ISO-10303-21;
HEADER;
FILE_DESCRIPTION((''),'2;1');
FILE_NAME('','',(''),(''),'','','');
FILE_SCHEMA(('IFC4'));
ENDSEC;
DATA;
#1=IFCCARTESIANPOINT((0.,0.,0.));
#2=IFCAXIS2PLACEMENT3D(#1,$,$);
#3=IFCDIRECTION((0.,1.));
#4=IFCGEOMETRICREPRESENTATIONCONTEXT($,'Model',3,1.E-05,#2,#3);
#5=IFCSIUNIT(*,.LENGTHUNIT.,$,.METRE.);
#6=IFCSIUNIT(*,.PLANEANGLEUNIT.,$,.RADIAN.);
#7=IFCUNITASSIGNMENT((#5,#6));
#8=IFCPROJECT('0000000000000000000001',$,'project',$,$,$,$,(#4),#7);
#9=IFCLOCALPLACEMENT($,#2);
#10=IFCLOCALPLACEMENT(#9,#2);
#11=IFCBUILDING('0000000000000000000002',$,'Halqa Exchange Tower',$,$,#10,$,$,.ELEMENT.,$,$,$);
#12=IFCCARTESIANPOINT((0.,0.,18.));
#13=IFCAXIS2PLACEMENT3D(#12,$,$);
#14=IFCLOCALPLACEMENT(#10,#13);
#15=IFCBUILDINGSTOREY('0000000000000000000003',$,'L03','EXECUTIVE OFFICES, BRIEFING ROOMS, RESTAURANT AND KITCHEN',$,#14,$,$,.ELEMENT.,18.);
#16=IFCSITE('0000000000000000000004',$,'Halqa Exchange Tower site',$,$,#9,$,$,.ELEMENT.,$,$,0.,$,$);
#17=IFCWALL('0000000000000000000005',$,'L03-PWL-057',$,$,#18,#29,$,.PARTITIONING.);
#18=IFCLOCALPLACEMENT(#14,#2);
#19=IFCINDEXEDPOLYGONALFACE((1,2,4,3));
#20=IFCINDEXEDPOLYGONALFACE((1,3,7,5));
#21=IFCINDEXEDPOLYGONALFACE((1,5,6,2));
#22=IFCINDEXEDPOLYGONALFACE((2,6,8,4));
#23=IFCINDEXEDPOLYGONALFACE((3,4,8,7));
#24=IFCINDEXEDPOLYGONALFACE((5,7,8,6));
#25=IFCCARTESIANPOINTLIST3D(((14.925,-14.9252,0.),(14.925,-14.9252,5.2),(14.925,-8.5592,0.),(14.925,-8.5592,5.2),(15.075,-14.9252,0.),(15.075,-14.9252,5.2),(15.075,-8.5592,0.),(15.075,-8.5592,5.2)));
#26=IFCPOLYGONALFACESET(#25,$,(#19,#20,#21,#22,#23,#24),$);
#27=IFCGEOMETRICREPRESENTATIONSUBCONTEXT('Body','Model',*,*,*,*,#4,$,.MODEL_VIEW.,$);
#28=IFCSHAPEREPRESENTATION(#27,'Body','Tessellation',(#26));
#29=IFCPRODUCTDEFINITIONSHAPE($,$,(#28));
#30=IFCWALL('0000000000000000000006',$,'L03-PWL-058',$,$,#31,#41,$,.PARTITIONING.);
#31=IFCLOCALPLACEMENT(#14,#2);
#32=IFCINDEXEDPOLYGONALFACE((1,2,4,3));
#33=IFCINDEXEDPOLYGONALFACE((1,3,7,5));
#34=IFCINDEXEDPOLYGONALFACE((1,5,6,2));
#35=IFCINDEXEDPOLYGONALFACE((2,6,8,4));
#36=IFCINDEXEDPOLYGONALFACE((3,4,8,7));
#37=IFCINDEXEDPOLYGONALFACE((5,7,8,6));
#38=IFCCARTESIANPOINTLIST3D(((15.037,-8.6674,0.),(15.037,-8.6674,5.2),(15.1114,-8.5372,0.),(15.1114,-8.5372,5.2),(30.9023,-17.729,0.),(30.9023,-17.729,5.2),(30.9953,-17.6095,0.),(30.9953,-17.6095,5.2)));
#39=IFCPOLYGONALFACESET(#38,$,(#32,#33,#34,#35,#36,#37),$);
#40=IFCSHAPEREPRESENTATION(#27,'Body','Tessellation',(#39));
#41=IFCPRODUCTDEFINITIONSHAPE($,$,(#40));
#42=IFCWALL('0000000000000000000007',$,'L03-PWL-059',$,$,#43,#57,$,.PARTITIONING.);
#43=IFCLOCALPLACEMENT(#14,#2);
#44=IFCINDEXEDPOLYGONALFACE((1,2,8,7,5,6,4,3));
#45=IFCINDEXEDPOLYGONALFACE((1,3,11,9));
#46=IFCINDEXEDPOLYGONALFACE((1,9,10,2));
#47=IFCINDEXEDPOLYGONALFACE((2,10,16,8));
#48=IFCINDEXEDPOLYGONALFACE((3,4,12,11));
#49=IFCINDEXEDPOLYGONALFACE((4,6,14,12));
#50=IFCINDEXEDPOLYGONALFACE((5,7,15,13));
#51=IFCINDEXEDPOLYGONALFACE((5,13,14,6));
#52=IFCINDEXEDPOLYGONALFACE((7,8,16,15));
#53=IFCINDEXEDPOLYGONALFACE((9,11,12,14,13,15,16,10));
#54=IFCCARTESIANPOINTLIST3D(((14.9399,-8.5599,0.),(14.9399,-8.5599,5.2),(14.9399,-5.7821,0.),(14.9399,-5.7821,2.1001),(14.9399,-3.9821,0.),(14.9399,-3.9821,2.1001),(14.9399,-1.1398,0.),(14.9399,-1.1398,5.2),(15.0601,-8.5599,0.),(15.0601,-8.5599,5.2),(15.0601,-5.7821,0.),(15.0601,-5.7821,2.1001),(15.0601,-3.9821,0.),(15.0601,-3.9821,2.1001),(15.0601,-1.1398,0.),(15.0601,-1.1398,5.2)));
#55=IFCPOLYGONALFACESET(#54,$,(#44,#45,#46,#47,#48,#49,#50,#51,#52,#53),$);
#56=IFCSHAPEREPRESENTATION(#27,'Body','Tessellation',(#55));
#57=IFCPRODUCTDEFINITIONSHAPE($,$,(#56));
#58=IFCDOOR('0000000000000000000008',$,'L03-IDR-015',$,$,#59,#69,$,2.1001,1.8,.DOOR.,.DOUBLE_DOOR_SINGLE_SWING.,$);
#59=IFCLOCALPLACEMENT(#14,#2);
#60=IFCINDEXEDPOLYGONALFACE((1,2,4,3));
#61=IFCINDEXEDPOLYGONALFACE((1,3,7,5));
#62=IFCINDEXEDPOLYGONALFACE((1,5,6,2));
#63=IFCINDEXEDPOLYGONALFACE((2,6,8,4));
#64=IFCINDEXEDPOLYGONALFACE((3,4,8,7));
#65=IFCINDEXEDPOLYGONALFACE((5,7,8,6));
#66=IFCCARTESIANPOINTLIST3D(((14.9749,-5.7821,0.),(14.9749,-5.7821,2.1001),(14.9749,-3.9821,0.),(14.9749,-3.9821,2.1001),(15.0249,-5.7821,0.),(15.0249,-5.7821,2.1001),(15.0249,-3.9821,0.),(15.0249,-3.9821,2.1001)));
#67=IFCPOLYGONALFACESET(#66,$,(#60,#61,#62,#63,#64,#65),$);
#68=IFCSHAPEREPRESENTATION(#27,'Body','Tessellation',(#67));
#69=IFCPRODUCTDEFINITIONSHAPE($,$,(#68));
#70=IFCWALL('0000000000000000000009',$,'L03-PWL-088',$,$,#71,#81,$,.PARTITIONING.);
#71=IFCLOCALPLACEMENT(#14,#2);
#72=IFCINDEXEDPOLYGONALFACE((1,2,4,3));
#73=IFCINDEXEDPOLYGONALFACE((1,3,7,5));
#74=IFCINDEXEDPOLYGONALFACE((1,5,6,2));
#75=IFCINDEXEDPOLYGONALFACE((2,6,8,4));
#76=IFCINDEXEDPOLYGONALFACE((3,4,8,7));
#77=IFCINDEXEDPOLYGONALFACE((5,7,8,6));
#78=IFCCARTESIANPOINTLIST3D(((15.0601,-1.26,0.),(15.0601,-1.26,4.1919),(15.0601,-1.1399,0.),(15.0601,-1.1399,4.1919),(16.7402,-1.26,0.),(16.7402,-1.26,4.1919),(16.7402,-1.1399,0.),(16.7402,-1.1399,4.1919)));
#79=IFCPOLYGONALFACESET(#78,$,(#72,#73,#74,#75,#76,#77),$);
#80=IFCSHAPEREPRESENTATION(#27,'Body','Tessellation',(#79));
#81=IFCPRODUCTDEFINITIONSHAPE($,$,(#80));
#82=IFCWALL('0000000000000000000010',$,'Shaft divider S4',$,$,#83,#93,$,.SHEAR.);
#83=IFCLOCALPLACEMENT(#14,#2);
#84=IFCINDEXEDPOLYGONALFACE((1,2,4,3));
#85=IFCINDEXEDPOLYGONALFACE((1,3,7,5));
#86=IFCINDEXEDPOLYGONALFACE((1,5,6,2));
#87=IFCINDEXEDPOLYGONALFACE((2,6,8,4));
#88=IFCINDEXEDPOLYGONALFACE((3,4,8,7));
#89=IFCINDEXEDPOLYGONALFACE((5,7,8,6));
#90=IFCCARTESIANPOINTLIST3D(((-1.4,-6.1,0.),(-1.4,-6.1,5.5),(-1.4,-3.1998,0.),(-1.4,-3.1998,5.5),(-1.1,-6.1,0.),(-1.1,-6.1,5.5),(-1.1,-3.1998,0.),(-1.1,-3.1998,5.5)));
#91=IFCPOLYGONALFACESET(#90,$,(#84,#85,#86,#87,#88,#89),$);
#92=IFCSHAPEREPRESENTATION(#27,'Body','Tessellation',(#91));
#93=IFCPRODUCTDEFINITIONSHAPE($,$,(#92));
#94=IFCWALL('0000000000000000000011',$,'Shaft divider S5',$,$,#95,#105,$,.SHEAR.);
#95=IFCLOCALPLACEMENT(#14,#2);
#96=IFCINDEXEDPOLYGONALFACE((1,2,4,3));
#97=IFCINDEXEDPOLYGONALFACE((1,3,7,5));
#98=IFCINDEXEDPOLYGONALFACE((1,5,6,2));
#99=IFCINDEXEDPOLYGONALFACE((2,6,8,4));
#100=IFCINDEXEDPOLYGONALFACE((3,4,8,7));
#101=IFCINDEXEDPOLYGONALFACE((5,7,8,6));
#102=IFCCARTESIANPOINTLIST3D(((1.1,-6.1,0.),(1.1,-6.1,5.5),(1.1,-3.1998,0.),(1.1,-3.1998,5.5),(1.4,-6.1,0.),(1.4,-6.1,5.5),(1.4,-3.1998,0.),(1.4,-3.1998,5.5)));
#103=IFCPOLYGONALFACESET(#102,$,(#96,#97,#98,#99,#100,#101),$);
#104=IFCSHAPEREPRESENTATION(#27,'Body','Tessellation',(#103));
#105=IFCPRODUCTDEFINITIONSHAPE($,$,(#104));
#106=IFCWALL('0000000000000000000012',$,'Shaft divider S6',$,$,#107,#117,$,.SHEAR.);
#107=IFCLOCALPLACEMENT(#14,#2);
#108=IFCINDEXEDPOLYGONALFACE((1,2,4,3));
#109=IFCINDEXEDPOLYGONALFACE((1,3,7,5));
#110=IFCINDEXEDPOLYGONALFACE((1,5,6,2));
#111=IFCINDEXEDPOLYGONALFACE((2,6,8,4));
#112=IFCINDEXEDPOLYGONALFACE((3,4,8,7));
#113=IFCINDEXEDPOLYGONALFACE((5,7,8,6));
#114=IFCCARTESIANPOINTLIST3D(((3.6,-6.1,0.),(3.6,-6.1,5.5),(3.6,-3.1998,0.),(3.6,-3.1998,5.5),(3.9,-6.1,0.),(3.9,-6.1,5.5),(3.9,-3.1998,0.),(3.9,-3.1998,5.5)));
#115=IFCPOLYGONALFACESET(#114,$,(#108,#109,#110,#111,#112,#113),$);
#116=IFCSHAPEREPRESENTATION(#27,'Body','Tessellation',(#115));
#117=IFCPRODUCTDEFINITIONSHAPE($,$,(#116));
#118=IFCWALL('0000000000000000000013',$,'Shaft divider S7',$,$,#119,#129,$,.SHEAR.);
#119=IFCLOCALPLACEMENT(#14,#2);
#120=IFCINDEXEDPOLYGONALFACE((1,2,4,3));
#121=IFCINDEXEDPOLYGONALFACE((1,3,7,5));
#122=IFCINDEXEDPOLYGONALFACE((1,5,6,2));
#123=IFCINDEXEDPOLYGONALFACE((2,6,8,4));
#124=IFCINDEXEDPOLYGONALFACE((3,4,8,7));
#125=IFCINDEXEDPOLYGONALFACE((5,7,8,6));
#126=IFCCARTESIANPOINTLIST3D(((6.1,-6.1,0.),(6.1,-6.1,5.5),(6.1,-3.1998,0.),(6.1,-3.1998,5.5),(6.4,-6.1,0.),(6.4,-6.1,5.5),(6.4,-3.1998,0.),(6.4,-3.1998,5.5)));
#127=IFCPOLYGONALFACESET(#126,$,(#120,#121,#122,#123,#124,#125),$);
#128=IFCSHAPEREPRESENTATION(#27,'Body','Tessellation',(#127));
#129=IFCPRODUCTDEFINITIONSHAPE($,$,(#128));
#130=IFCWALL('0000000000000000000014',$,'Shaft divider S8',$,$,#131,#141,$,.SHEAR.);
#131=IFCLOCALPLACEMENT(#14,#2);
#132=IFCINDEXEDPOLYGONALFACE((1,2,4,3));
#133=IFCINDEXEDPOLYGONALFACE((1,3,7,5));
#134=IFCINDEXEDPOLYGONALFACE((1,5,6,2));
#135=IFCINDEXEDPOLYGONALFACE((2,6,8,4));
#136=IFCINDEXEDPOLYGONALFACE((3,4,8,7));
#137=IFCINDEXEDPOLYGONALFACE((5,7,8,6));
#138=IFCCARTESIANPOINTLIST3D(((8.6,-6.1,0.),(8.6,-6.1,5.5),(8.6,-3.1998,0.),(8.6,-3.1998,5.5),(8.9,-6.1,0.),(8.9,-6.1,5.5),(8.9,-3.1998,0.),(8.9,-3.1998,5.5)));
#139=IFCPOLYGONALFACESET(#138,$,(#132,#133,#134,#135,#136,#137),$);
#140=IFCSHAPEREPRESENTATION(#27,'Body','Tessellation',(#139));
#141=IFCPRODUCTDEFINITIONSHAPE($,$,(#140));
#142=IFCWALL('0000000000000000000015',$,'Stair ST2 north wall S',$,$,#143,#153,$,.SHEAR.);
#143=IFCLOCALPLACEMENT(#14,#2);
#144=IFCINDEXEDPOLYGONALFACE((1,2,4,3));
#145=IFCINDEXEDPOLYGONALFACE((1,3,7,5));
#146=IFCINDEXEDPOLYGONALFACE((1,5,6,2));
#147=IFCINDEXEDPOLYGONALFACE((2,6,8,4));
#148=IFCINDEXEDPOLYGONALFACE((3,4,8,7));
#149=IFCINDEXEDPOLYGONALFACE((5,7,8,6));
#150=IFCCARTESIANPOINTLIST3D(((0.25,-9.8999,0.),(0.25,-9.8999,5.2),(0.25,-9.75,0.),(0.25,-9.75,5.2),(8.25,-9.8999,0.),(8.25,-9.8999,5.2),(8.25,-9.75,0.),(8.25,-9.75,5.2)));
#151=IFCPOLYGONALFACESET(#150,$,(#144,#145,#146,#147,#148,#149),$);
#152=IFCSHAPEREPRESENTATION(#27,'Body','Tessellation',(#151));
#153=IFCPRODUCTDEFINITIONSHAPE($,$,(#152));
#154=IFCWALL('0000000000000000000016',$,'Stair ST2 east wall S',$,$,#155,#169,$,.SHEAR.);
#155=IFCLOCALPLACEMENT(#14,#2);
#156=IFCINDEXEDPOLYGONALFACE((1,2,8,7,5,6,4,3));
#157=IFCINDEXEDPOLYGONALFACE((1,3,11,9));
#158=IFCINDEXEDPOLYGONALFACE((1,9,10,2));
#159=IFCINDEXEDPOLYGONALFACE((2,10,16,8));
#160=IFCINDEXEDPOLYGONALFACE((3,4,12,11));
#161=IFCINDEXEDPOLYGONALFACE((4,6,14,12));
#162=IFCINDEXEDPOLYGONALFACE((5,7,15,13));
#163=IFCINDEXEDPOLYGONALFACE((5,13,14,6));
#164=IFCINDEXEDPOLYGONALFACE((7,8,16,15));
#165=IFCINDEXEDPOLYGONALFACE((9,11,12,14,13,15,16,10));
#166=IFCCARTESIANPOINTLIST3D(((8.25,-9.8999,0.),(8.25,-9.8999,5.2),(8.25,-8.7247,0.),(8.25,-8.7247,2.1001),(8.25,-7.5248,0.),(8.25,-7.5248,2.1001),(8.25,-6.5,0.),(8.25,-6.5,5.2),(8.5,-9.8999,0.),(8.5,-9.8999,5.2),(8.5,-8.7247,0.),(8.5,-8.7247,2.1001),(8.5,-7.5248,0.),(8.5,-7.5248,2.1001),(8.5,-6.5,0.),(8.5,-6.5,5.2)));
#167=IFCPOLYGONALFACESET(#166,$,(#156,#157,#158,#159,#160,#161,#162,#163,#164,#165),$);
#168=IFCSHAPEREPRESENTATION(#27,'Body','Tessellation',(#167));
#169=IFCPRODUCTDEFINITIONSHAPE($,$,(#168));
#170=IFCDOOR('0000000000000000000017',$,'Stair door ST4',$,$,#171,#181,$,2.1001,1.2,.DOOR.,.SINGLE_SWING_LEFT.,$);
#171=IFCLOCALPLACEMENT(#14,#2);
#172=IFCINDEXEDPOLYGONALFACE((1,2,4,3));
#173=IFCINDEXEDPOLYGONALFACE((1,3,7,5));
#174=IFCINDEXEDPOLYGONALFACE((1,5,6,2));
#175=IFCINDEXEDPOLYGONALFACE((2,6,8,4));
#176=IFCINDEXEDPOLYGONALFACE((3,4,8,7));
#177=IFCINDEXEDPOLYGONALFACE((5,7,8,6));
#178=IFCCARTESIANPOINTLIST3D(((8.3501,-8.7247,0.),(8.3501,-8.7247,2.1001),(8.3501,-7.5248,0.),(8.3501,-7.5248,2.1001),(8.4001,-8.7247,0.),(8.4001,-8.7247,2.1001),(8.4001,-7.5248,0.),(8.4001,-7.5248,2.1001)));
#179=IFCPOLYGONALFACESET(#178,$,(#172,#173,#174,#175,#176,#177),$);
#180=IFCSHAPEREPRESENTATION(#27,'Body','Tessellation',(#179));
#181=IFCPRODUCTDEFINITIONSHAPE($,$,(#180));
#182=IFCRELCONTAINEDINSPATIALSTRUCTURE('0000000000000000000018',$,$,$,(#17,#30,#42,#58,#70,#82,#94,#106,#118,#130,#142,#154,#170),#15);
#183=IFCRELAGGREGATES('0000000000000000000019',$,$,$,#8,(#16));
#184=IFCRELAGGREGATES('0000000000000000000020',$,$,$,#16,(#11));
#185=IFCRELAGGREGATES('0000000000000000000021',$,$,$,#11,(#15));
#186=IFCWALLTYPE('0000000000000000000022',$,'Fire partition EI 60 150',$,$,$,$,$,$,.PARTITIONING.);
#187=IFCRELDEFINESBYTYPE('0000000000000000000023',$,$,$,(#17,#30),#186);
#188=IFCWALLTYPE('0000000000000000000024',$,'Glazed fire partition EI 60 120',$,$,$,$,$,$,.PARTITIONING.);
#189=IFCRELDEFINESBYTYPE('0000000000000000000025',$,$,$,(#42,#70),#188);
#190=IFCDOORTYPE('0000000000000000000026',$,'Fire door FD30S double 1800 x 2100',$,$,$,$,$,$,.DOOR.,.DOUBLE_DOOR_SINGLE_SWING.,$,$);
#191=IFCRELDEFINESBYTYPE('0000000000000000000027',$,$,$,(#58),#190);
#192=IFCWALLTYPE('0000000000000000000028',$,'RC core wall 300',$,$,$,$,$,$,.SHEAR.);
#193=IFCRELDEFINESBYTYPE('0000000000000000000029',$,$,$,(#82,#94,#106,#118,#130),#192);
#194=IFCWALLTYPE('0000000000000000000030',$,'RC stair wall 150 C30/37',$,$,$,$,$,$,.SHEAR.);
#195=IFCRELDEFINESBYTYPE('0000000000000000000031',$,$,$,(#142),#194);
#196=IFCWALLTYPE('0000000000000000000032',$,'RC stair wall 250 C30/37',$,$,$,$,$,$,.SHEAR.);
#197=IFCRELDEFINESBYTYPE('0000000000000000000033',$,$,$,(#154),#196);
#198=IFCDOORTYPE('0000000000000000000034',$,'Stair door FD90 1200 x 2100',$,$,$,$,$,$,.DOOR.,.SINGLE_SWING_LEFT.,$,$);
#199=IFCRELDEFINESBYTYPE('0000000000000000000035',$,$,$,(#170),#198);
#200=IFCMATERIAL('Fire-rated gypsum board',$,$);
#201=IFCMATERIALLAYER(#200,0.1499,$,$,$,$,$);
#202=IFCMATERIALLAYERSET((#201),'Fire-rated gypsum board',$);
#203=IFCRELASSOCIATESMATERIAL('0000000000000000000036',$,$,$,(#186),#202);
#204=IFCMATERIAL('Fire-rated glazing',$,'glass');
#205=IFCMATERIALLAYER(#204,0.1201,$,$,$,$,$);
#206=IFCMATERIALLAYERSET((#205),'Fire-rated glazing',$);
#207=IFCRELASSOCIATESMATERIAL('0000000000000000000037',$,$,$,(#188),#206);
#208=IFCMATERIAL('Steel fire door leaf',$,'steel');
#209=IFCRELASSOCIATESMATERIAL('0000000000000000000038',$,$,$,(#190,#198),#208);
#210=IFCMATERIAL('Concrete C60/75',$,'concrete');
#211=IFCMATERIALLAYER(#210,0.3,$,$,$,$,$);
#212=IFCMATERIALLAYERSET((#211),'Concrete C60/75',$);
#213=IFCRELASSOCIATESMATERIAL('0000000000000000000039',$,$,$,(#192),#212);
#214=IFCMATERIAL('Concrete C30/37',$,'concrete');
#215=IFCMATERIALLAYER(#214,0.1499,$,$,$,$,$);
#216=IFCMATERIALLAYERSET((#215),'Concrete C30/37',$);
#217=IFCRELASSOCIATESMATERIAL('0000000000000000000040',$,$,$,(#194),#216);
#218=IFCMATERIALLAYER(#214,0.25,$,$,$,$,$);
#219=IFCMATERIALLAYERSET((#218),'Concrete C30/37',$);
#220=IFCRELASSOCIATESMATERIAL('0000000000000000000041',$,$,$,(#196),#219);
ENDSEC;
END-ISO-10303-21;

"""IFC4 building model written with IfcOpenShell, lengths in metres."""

from ifc_helpers import new_model, si_unit, direction, frame, frame_2d, origin, place, context, subcontext, project, spatial, polyline, rectangle, outline, extrude, material, layer, layer_set, type_object, element, fill, save


model = new_model("IFC4")

# Units and contexts
model_context = context("Model", 3, precision=1e-05, world=origin(), true_north=direction((0.0, 1.0)))
body_context = subcontext(model_context, "Body", "Model", "MODEL_VIEW")
ifc_project = project(units=[si_unit("LENGTHUNIT", "METRE"), si_unit("PLANEANGLEUNIT", "RADIAN")], contexts=[model_context])

# Site, building, storey
site_placement = place(None, origin())
site = spatial("IfcSite", under=ifc_project, at=site_placement, Name="Halqa Exchange Tower site", CompositionType="ELEMENT", RefElevation=0.0)
building_placement = place(site_placement, origin())
building = spatial("IfcBuilding", under=site, at=building_placement, Name="Halqa Exchange Tower", CompositionType="ELEMENT")
storey_placement = place(building_placement, frame((0.0, 0.0, 18.0)))
storey = spatial("IfcBuildingStorey", under=building, at=storey_placement, Name="L03", Description="EXECUTIVE OFFICES, BRIEFING ROOMS, RESTAURANT AND KITCHEN", CompositionType="ELEMENT", Elevation=18.0)

# Shared definitions
ifc_material_1 = material(Name="Concrete C60/75", Category="concrete")

# Walls
ifc_material_2 = material(Name="Fire-rated gypsum board")
ifc_layer_1 = layer(ifc_material_2, 0.1499)
ifc_layer_set_1 = layer_set([ifc_layer_1], Name="Fire-rated gypsum board")
wall_type_1 = type_object("IfcWallType", Name="Fire partition EI 60 150", PredefinedType="PARTITIONING", material=ifc_layer_set_1)
wall_1_placement = place(storey_placement, frame((15.0, -8.5591, 0.0), z_axis=(0.0, 0.0, 1.0), x_axis=(0.0, -1.0, 0.0)))
element("IfcWall", 1, at=wall_1_placement, inside=storey, type_object=wall_type_1, Name="L03-PWL-057", PredefinedType="PARTITIONING", context=body_context, shape_type="SweptSolid", body=[
    extrude(rectangle(XDim=6.366, YDim=0.1499, at=frame_2d((3.1831, 0.0))), origin(), (0.0, 0.0, 1.0), 5.2),
])
wall_2_placement = place(storey_placement, frame((15.0742, -8.6023, 0.0), z_axis=(0.0, 0.0, 1.0), x_axis=(0.868343, -0.495963, 0.0)))
element("IfcWall", 2, at=wall_2_placement, inside=storey, type_object=wall_type_1, Name="L03-PWL-058", PredefinedType="PARTITIONING", context=body_context, shape_type="SweptSolid", body=[
    extrude(outline(polyline([(0.0, -0.075), (18.2708, -0.075), (18.2922, 0.075), (0.0, 0.075), (0.0, -0.075)])), origin(), (0.0, 0.0, 1.0), 5.2),
])

# Wall, opening, door
ifc_material_3 = material(Name="Fire-rated glazing", Category="glass")
ifc_layer_2 = layer(ifc_material_3, 0.1201)
ifc_layer_set_2 = layer_set([ifc_layer_2], Name="Fire-rated glazing")
wall_type_2 = type_object("IfcWallType", Name="Glazed fire partition EI 60 120", PredefinedType="PARTITIONING", material=ifc_layer_set_2)
wall_3_placement = place(storey_placement, frame((15.0, -1.1399, 0.0), z_axis=(0.0, 0.0, 1.0), x_axis=(0.0, -1.0, 0.0)))
wall_3 = element("IfcWall", 3, at=wall_3_placement, inside=storey, type_object=wall_type_2, Name="L03-PWL-059", PredefinedType="PARTITIONING", context=body_context, shape_type="SweptSolid", body=[
    extrude(rectangle(XDim=7.4202, YDim=0.1201, at=frame_2d((3.71, 0.0))), origin(), (0.0, 0.0, 1.0), 5.2),
])
opening_1_placement = place(wall_3_placement, frame((2.8423, 0.0, 0.0)))
opening_1 = element("IfcOpeningElement", 4, at=opening_1_placement, cuts=wall_3, PredefinedType="OPENING", context=body_context, shape_type="SweptSolid", body=[
    extrude(rectangle(XDim=1.8, YDim=2.1001, at=frame_2d((0.8999, 1.05))), frame((0.0, 0.072, 0.0), z_axis=(0.0, -1.0, 0.0), x_axis=(1.0, 0.0, 0.0)), (0.0, 0.0, 1.0), 0.144),
])
ifc_material_4 = material(Name="Steel fire door leaf", Category="steel")
door_type_1 = type_object("IfcDoorType", Name="Fire door FD30S double 1800 x 2100", OperationType="DOUBLE_DOOR_SINGLE_SWING", PredefinedType="DOOR", material=ifc_material_4)
door_1_placement = place(opening_1_placement, origin())
door_1 = element("IfcDoor", 5, at=door_1_placement, inside=storey, type_object=door_type_1, Name="L03-IDR-015", OperationType="DOUBLE_DOOR_SINGLE_SWING", OverallHeight=2.1001, OverallWidth=1.8, PredefinedType="DOOR", context=body_context, shape_type="SweptSolid", body=[
    extrude(rectangle(XDim=1.8, YDim=2.1001, at=frame_2d((0.8999, 1.05))), frame((0.0, 0.0249, 0.0), z_axis=(0.0, -1.0, 0.0), x_axis=(1.0, 0.0, 0.0)), (0.0, 0.0, 1.0), 0.05),
])
fill(opening_1, door_1)

# Walls
wall_4_placement = place(storey_placement, frame((16.7402, -1.2, 0.0), z_axis=(0.0, 0.0, 1.0), x_axis=(-1.0, 0.0, 0.0)))
element("IfcWall", 6, at=wall_4_placement, inside=storey, type_object=wall_type_2, Name="L03-PWL-088", PredefinedType="PARTITIONING", context=body_context, shape_type="SweptSolid", body=[
    extrude(rectangle(XDim=1.6802, YDim=0.1201, at=frame_2d((0.8401, 0.0))), origin(), (0.0, 0.0, 1.0), 4.1919),
])
ifc_layer_3 = layer(ifc_material_1, 0.3)
ifc_layer_set_3 = layer_set([ifc_layer_3], Name="Concrete C60/75")
wall_type_3 = type_object("IfcWallType", Name="RC core wall 300", PredefinedType="SHEAR", material=ifc_layer_set_3)
for number, where, z_axis, x_axis, name in (
    (7, (-1.25, -6.1001, 0.0), (0.0, 0.0, 1.0), (0.0, 1.0, 0.0), "Shaft divider S4"),
    (8, (1.25, -6.1001, 0.0), (0.0, 0.0, 1.0), (0.0, 1.0, 0.0), "Shaft divider S5"),
    (9, (3.75, -6.1001, 0.0), (0.0, 0.0, 1.0), (0.0, 1.0, 0.0), "Shaft divider S6"),
    (10, (6.25, -6.1001, 0.0), (0.0, 0.0, 1.0), (0.0, 1.0, 0.0), "Shaft divider S7"),
    (11, (8.75, -6.1001, 0.0), (0.0, 0.0, 1.0), (0.0, 1.0, 0.0), "Shaft divider S8"),
):
    element("IfcWall", number, at=place(storey_placement, frame(where, z_axis=z_axis, x_axis=x_axis)), inside=storey, type_object=wall_type_3, Name=name, PredefinedType="SHEAR", context=body_context, shape_type="SweptSolid", body=[
        extrude(rectangle(XDim=2.9001, YDim=0.3, at=frame_2d((1.4502, 0.0))), origin(), (0.0, 0.0, 1.0), 5.5),
    ])
ifc_material_5 = material(Name="Concrete C30/37", Category="concrete")
ifc_layer_4 = layer(ifc_material_5, 0.1499)
ifc_layer_set_4 = layer_set([ifc_layer_4], Name="Concrete C30/37")
wall_type_4 = type_object("IfcWallType", Name="RC stair wall 150 C30/37", PredefinedType="SHEAR", material=ifc_layer_set_4)
wall_5_placement = place(storey_placement, frame((0.25, -9.825, 0.0), z_axis=(0.0, 0.0, 1.0), x_axis=(1.0, 0.0, 0.0)))
element("IfcWall", 12, at=wall_5_placement, inside=storey, type_object=wall_type_4, Name="Stair ST2 north wall S", PredefinedType="SHEAR", context=body_context, shape_type="SweptSolid", body=[
    extrude(rectangle(XDim=8.0, YDim=0.1499, at=frame_2d((4.0, 0.0))), origin(), (0.0, 0.0, 1.0), 5.2),
])

# Wall, opening, door
ifc_layer_5 = layer(ifc_material_5, 0.25)
ifc_layer_set_5 = layer_set([ifc_layer_5], Name="Concrete C30/37")
wall_type_5 = type_object("IfcWallType", Name="RC stair wall 250 C30/37", PredefinedType="SHEAR", material=ifc_layer_set_5)
wall_6_placement = place(storey_placement, frame((8.375, -9.8999, 0.0), z_axis=(0.0, 0.0, 1.0), x_axis=(0.0, 1.0, 0.0)))
wall_6 = element("IfcWall", 13, at=wall_6_placement, inside=storey, type_object=wall_type_5, Name="Stair ST2 east wall S", PredefinedType="SHEAR", context=body_context, shape_type="SweptSolid", body=[
    extrude(rectangle(XDim=3.3999, YDim=0.25, at=frame_2d((1.7, 0.0))), origin(), (0.0, 0.0, 1.0), 5.2),
])
opening_2_placement = place(wall_6_placement, frame((1.175, 0.0, 0.0)))
opening_2 = element("IfcOpeningElement", 14, at=opening_2_placement, cuts=wall_6, PredefinedType="OPENING", context=body_context, shape_type="SweptSolid", body=[
    extrude(rectangle(XDim=1.2, YDim=2.1001, at=frame_2d((0.6001, 1.05))), frame((0.0, 0.137, 0.0), z_axis=(0.0, -1.0, 0.0), x_axis=(1.0, 0.0, 0.0)), (0.0, 0.0, 1.0), 0.2739),
])
door_type_2 = type_object("IfcDoorType", Name="Stair door FD90 1200 x 2100", OperationType="SINGLE_SWING_LEFT", PredefinedType="DOOR", material=ifc_material_4)
door_2_placement = place(opening_2_placement, origin())
door_2 = element("IfcDoor", 15, at=door_2_placement, inside=storey, type_object=door_type_2, Name="Stair door ST4", OperationType="SINGLE_SWING_LEFT", OverallHeight=2.1001, OverallWidth=1.2, PredefinedType="DOOR", context=body_context, shape_type="SweptSolid", body=[
    extrude(rectangle(XDim=1.2, YDim=2.1001, at=frame_2d((0.6001, 1.05))), frame((0.0, 0.0249, 0.0), z_axis=(0.0, -1.0, 0.0), x_axis=(1.0, 0.0, 0.0)), (0.0, 0.0, 1.0), 0.05),
])
fill(opening_2, door_2)

save(model, "model.ifc")
